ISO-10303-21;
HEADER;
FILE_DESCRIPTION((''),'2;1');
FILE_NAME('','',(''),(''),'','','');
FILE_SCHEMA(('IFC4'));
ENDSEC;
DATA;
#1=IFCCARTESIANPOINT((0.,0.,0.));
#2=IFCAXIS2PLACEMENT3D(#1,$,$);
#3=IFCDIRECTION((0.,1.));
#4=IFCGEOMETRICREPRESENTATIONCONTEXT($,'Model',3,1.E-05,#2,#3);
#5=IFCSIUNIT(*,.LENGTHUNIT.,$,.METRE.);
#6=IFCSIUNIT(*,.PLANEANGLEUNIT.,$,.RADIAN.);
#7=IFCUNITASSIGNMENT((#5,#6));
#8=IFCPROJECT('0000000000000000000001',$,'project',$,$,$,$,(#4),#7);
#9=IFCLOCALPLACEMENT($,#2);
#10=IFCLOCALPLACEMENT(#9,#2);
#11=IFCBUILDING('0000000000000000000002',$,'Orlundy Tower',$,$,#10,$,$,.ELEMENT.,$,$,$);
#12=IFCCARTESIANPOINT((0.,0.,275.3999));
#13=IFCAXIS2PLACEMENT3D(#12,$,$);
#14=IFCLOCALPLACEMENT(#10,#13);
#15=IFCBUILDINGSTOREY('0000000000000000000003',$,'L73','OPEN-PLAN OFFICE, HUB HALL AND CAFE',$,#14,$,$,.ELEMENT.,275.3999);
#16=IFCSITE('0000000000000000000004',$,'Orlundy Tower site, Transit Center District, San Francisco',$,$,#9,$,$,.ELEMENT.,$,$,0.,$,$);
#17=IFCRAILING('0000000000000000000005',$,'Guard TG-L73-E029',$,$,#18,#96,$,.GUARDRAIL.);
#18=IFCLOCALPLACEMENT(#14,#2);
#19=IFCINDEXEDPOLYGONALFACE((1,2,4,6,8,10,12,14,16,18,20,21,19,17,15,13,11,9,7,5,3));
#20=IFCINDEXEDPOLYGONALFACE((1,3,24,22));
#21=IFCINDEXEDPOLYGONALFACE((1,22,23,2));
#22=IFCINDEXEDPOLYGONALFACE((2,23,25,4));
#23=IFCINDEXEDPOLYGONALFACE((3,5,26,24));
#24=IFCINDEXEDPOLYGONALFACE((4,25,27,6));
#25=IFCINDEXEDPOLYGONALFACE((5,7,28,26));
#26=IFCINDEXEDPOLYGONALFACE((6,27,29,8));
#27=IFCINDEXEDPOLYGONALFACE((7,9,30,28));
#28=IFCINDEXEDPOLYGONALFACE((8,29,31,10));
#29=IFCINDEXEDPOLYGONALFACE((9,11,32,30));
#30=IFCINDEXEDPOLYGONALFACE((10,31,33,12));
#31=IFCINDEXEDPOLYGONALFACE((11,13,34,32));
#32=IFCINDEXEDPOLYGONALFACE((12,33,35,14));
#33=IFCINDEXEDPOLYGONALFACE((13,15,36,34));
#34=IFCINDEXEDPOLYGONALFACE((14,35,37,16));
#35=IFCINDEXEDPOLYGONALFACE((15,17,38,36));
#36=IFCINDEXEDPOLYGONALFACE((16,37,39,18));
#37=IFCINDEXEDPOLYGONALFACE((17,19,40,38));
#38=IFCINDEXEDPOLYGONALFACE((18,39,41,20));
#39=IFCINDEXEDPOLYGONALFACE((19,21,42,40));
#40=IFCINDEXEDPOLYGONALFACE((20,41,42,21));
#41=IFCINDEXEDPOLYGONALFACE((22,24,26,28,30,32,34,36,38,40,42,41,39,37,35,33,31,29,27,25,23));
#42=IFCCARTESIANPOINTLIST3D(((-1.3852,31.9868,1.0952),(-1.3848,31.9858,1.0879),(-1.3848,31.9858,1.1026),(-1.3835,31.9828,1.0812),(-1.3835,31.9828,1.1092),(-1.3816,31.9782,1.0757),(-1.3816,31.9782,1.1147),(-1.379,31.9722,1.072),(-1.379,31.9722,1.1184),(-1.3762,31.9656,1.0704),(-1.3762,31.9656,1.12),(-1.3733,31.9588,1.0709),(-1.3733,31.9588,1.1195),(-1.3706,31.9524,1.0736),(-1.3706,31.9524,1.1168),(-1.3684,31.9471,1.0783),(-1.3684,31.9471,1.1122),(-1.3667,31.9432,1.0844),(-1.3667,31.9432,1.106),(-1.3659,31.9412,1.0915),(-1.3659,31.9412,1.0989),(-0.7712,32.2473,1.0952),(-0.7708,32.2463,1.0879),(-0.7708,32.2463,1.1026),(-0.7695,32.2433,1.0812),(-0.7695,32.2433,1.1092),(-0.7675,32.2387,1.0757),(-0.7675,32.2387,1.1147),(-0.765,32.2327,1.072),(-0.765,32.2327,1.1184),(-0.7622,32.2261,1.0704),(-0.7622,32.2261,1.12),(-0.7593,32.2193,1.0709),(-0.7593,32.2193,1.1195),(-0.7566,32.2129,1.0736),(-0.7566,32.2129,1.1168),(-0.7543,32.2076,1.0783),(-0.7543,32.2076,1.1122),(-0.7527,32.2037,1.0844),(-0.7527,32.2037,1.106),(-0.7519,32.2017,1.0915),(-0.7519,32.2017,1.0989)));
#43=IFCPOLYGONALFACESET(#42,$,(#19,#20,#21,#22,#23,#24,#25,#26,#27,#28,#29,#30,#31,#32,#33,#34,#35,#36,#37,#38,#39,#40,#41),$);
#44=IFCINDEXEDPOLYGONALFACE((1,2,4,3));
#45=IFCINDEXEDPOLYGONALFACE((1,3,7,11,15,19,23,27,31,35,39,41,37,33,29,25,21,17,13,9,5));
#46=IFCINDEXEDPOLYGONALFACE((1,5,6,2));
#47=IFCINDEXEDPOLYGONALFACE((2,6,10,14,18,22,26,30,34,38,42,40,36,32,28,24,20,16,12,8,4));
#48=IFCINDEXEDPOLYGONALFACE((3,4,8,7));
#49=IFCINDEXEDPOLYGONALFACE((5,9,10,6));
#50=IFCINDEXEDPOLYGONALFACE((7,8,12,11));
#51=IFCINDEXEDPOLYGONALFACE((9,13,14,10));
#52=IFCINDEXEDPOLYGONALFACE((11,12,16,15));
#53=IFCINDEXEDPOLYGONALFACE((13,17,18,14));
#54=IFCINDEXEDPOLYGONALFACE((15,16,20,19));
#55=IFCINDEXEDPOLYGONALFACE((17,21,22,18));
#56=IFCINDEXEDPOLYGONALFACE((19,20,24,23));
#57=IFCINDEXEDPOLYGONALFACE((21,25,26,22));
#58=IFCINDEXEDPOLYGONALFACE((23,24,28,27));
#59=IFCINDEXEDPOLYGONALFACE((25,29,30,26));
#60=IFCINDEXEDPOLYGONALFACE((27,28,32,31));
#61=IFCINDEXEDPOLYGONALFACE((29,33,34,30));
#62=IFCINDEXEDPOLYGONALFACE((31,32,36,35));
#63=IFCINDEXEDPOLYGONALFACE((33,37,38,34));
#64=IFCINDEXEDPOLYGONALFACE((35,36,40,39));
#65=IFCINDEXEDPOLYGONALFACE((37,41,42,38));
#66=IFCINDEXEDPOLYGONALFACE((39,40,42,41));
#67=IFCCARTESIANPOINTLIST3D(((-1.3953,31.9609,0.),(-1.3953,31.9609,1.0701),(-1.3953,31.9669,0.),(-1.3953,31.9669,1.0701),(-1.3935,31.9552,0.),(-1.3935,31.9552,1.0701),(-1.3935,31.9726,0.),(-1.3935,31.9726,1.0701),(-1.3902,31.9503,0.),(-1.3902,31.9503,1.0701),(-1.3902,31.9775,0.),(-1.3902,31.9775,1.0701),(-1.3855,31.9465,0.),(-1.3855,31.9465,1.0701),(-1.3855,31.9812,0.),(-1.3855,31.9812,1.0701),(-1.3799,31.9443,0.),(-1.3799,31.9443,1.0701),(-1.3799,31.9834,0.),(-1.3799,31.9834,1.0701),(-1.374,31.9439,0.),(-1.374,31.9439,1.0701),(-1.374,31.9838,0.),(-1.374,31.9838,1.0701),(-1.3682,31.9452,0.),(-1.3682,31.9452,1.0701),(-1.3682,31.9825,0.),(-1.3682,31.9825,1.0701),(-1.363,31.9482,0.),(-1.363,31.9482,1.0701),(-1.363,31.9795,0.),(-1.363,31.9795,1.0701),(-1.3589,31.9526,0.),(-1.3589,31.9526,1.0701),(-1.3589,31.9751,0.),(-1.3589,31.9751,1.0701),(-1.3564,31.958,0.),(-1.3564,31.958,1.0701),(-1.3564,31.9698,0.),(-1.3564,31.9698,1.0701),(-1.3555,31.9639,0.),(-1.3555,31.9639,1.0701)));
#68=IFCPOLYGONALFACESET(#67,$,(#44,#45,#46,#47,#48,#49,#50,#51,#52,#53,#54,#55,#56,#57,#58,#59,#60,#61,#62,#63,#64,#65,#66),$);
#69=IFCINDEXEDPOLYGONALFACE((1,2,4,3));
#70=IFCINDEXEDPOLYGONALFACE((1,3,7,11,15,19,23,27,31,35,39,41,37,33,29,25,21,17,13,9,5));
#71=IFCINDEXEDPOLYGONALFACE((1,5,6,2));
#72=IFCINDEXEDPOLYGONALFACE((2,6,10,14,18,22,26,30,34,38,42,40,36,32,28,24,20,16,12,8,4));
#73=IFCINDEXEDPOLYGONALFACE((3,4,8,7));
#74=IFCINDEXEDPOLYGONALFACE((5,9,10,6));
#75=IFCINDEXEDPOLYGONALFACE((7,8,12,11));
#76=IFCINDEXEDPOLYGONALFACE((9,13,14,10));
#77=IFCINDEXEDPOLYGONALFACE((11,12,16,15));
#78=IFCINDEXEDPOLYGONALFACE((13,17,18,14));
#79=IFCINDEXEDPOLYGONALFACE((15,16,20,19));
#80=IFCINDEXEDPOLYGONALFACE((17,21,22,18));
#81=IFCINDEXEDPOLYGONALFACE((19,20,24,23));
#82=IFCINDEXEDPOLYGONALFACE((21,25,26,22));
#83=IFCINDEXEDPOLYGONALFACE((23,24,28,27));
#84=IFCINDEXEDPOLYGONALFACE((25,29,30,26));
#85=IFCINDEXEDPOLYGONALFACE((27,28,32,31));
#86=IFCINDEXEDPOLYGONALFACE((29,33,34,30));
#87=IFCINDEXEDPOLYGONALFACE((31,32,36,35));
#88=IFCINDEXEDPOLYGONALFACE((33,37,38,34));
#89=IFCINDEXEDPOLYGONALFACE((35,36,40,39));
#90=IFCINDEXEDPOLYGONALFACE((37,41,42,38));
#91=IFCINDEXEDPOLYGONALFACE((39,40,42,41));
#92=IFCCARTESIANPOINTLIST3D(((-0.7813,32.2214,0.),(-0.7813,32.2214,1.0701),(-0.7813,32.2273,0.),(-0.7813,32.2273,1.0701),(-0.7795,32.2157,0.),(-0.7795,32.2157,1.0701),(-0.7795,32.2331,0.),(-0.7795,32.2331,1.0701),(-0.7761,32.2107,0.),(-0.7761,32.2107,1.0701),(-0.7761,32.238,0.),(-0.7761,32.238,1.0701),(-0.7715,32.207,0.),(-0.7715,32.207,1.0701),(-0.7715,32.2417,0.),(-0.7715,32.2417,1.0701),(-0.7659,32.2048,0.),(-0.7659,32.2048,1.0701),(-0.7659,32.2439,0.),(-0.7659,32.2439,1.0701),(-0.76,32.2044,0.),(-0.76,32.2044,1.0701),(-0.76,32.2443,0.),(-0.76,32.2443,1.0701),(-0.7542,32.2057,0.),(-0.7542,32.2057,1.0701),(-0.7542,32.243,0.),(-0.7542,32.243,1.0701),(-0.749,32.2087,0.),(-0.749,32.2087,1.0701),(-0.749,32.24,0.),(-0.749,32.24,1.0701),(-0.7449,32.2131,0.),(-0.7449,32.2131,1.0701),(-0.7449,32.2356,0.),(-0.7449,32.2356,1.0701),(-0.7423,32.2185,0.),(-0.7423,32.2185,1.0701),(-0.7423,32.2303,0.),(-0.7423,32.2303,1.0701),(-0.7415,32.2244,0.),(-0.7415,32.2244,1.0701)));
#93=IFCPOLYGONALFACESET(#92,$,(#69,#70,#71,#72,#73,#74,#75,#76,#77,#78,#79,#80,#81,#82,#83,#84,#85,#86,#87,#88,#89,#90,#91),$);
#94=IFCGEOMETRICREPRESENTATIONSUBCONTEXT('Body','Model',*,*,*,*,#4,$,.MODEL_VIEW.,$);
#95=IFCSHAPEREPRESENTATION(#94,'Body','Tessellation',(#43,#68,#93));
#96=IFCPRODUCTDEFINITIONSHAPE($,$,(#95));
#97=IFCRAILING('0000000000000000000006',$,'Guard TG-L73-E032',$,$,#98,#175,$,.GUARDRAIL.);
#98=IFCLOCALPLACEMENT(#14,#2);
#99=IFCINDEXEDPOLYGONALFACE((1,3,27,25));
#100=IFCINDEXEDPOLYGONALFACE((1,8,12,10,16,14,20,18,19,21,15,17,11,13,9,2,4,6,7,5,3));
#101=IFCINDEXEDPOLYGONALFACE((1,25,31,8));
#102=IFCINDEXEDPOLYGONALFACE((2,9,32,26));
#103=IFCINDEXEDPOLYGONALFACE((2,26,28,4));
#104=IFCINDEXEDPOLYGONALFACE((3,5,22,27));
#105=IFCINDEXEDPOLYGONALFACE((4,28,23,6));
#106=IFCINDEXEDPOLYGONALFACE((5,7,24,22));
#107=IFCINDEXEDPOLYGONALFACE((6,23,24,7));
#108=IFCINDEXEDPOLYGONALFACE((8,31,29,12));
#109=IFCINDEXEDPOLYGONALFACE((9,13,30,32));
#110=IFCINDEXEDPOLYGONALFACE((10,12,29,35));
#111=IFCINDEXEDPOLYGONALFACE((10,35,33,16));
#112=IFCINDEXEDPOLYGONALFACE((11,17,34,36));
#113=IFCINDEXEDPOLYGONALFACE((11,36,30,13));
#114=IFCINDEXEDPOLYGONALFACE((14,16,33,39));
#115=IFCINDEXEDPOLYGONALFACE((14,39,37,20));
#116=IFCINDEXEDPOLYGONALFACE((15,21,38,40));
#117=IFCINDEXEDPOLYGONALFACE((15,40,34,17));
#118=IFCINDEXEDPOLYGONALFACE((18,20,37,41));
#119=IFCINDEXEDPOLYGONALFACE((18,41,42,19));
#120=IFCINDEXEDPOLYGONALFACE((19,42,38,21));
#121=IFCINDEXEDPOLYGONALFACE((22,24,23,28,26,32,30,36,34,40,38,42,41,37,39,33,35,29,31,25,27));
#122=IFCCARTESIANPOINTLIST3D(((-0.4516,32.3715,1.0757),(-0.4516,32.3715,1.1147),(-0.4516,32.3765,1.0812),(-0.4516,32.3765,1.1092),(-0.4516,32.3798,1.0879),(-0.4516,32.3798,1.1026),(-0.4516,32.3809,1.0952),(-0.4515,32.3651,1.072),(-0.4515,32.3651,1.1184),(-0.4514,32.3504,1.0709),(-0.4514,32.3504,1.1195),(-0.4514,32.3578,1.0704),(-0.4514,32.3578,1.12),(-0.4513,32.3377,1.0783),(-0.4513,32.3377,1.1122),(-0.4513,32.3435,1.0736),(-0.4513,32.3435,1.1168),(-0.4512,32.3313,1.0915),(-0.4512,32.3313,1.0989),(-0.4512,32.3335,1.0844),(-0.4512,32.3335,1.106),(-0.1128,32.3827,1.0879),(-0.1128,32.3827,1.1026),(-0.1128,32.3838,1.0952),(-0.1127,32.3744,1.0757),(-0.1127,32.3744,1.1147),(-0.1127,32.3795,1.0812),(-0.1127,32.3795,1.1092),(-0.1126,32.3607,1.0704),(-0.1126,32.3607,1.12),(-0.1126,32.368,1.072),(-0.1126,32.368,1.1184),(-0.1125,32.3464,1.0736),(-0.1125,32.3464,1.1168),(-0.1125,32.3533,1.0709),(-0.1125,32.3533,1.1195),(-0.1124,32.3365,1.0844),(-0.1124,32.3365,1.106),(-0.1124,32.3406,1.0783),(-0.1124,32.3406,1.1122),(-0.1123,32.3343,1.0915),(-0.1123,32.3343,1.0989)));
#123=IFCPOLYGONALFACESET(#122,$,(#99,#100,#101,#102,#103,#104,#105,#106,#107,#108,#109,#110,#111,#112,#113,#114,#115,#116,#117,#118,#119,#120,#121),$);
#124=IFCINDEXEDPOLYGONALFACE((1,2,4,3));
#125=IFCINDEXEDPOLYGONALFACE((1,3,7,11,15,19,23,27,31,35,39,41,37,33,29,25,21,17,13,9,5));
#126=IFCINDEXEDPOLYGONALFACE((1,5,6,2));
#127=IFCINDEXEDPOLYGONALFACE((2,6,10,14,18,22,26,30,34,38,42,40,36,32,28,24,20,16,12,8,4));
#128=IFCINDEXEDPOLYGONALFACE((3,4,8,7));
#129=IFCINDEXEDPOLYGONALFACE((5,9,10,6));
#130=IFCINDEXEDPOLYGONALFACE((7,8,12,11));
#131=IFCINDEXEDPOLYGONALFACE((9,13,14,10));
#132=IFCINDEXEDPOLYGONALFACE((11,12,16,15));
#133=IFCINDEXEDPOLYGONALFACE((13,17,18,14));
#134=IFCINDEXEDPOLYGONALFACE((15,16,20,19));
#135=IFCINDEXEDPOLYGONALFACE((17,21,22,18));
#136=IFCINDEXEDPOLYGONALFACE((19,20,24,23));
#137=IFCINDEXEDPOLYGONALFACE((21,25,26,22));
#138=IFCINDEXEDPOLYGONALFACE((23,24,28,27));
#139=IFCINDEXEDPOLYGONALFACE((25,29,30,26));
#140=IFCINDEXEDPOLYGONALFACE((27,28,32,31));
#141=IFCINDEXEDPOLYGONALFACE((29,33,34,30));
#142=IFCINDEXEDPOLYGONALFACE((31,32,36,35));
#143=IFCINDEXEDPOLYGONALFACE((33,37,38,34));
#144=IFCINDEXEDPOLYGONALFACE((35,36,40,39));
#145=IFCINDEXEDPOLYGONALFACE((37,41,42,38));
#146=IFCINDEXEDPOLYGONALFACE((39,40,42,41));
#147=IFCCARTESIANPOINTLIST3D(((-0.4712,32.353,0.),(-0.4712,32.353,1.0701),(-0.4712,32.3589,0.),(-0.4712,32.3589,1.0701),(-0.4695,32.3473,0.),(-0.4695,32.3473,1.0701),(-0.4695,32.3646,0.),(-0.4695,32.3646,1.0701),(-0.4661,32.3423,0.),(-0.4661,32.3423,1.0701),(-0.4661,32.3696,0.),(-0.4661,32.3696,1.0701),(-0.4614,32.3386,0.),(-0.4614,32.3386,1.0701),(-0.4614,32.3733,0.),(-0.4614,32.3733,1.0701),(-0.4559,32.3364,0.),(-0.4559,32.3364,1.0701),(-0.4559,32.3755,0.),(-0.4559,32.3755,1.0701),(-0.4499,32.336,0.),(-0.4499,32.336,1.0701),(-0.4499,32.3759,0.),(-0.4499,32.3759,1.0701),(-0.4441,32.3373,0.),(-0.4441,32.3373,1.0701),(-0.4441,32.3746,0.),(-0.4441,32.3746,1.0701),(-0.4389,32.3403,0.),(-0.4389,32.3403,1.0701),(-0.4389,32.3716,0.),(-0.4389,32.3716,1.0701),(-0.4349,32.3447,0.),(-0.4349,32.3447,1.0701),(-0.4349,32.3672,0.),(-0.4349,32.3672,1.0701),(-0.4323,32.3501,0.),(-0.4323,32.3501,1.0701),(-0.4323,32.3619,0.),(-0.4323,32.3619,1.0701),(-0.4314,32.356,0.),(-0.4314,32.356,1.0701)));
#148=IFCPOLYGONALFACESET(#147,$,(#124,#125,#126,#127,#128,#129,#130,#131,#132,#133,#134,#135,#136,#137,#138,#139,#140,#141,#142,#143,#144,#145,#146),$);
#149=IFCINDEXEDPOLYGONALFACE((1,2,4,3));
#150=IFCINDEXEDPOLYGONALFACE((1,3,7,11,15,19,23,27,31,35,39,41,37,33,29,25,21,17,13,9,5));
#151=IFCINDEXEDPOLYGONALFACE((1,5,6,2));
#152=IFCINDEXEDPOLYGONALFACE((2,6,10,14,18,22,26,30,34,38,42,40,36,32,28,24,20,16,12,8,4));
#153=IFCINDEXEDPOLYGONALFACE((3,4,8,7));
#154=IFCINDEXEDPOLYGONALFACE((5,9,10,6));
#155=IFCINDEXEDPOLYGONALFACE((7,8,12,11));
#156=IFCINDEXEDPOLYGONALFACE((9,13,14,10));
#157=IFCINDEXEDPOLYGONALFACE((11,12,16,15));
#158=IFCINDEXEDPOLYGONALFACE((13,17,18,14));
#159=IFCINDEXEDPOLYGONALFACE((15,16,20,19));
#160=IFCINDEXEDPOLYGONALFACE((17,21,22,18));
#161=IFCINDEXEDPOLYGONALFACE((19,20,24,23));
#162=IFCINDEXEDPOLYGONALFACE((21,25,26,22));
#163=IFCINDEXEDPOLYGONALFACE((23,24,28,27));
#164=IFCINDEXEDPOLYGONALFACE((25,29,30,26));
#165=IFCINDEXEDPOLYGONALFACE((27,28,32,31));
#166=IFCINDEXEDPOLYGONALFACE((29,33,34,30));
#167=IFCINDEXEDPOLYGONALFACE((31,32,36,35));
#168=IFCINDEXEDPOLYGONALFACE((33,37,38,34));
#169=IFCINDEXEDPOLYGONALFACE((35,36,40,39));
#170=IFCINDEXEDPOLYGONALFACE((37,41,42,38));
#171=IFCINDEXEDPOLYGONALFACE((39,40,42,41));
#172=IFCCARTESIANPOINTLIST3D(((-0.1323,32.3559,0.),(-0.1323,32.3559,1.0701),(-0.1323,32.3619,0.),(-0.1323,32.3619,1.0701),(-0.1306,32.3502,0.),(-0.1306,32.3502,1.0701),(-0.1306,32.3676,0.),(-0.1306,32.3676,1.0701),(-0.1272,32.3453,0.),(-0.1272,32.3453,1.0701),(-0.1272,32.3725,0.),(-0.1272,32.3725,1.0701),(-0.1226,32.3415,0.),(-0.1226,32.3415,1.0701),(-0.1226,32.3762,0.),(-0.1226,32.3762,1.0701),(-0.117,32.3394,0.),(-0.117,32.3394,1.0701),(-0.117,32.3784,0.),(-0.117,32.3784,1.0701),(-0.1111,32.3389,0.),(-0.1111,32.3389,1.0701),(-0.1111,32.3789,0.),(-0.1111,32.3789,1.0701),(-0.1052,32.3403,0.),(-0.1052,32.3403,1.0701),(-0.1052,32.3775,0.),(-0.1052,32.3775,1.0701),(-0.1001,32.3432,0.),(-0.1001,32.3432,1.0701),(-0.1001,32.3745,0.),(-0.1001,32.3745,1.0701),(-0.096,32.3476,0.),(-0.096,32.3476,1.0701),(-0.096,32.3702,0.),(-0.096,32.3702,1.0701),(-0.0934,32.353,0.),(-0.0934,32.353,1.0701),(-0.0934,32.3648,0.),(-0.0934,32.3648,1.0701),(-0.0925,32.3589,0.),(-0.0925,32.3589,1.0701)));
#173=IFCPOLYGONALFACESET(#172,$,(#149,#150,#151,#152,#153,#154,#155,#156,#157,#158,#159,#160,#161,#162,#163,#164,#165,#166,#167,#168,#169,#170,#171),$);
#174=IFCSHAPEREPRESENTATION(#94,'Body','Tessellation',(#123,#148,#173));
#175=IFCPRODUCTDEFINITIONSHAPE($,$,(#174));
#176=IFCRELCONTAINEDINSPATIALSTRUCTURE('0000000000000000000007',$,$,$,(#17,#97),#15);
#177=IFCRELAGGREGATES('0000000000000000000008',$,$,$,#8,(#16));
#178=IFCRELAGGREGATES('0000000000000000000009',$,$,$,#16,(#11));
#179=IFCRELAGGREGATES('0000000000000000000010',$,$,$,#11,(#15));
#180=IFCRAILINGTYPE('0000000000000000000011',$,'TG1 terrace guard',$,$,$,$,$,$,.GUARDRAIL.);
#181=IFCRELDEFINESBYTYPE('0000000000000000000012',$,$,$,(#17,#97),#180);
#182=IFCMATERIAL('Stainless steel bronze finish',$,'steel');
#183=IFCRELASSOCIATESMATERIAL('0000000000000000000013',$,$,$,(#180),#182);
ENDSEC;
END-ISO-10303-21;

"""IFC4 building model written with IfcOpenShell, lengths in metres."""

from ifc_helpers import new_model, si_unit, direction, frame, origin, origin_2d, place, context, subcontext, project, spatial, circle, extrude, material, type_object, element, save


model = new_model("IFC4")

# Units and contexts
model_context = context("Model", 3, precision=1e-05, world=origin(), true_north=direction((0.0, 1.0)))
body_context = subcontext(model_context, "Body", "Model", "MODEL_VIEW")
ifc_project = project(units=[si_unit("LENGTHUNIT", "METRE"), si_unit("PLANEANGLEUNIT", "RADIAN")], contexts=[model_context])

# Site, building, storey
site_placement = place(None, origin())
site = spatial("IfcSite", under=ifc_project, at=site_placement, Name="Orlundy Tower site, Transit Center District, San Francisco", CompositionType="ELEMENT", RefElevation=0.0)
building_placement = place(site_placement, origin())
building = spatial("IfcBuilding", under=site, at=building_placement, Name="Orlundy Tower", CompositionType="ELEMENT")
storey_placement = place(building_placement, frame((0.0, 0.0, 275.3999)))
storey = spatial("IfcBuildingStorey", under=building, at=storey_placement, Name="L73", Description="OPEN-PLAN OFFICE, HUB HALL AND CAFE", CompositionType="ELEMENT", Elevation=275.3999)

# Railings
ifc_material_1 = material(Name="Stainless steel bronze finish", Category="steel")
railing_type = type_object("IfcRailingType", Name="TG1 terrace guard", PredefinedType="GUARDRAIL", material=ifc_material_1)
railing_1_placement = place(storey_placement, frame((-1.3755, 31.9639, 0.0)))
element("IfcRailing", 1, at=railing_1_placement, inside=storey, type_object=railing_type, Name="Guard TG-L73-E029", PredefinedType="GUARDRAIL", context=body_context, shape_type="SweptSolid", body=[
    extrude(circle(Radius=0.0249, at=origin_2d()), frame((0.0, 0.0, 1.0952), z_axis=(0.920578, 0.390559, 0.0), x_axis=(-0.390559, 0.920578, 0.0)), (0.0, 0.0, 1.0), 0.667),
    extrude(circle(Radius=0.02, at=origin_2d()), origin(), (0.0, 0.0, 1.0), 1.0701),
    extrude(circle(Radius=0.02, at=origin_2d()), frame((0.614, 0.2605, 0.0)), (0.0, 0.0, 1.0), 1.0701),
])
railing_2_placement = place(storey_placement, frame((-0.4514, 32.356, 0.0)))
element("IfcRailing", 2, at=railing_2_placement, inside=storey, type_object=railing_type, Name="Guard TG-L73-E032", PredefinedType="GUARDRAIL", context=body_context, shape_type="SweptSolid", body=[
    extrude(circle(Radius=0.0249, at=origin_2d()), frame((0.0, 0.0, 1.0952), z_axis=(0.999963, 0.008645, 0.0), x_axis=(-0.008645, 0.999963, 0.0)), (0.0, 0.0, 1.0), 0.3389),
    extrude(circle(Radius=0.02, at=origin_2d()), origin(), (0.0, 0.0, 1.0), 1.0701),
    extrude(circle(Radius=0.02, at=origin_2d()), frame((0.3389, 0.0029, 0.0)), (0.0, 0.0, 1.0), 1.0701),
])

save(model, "model.ifc")
